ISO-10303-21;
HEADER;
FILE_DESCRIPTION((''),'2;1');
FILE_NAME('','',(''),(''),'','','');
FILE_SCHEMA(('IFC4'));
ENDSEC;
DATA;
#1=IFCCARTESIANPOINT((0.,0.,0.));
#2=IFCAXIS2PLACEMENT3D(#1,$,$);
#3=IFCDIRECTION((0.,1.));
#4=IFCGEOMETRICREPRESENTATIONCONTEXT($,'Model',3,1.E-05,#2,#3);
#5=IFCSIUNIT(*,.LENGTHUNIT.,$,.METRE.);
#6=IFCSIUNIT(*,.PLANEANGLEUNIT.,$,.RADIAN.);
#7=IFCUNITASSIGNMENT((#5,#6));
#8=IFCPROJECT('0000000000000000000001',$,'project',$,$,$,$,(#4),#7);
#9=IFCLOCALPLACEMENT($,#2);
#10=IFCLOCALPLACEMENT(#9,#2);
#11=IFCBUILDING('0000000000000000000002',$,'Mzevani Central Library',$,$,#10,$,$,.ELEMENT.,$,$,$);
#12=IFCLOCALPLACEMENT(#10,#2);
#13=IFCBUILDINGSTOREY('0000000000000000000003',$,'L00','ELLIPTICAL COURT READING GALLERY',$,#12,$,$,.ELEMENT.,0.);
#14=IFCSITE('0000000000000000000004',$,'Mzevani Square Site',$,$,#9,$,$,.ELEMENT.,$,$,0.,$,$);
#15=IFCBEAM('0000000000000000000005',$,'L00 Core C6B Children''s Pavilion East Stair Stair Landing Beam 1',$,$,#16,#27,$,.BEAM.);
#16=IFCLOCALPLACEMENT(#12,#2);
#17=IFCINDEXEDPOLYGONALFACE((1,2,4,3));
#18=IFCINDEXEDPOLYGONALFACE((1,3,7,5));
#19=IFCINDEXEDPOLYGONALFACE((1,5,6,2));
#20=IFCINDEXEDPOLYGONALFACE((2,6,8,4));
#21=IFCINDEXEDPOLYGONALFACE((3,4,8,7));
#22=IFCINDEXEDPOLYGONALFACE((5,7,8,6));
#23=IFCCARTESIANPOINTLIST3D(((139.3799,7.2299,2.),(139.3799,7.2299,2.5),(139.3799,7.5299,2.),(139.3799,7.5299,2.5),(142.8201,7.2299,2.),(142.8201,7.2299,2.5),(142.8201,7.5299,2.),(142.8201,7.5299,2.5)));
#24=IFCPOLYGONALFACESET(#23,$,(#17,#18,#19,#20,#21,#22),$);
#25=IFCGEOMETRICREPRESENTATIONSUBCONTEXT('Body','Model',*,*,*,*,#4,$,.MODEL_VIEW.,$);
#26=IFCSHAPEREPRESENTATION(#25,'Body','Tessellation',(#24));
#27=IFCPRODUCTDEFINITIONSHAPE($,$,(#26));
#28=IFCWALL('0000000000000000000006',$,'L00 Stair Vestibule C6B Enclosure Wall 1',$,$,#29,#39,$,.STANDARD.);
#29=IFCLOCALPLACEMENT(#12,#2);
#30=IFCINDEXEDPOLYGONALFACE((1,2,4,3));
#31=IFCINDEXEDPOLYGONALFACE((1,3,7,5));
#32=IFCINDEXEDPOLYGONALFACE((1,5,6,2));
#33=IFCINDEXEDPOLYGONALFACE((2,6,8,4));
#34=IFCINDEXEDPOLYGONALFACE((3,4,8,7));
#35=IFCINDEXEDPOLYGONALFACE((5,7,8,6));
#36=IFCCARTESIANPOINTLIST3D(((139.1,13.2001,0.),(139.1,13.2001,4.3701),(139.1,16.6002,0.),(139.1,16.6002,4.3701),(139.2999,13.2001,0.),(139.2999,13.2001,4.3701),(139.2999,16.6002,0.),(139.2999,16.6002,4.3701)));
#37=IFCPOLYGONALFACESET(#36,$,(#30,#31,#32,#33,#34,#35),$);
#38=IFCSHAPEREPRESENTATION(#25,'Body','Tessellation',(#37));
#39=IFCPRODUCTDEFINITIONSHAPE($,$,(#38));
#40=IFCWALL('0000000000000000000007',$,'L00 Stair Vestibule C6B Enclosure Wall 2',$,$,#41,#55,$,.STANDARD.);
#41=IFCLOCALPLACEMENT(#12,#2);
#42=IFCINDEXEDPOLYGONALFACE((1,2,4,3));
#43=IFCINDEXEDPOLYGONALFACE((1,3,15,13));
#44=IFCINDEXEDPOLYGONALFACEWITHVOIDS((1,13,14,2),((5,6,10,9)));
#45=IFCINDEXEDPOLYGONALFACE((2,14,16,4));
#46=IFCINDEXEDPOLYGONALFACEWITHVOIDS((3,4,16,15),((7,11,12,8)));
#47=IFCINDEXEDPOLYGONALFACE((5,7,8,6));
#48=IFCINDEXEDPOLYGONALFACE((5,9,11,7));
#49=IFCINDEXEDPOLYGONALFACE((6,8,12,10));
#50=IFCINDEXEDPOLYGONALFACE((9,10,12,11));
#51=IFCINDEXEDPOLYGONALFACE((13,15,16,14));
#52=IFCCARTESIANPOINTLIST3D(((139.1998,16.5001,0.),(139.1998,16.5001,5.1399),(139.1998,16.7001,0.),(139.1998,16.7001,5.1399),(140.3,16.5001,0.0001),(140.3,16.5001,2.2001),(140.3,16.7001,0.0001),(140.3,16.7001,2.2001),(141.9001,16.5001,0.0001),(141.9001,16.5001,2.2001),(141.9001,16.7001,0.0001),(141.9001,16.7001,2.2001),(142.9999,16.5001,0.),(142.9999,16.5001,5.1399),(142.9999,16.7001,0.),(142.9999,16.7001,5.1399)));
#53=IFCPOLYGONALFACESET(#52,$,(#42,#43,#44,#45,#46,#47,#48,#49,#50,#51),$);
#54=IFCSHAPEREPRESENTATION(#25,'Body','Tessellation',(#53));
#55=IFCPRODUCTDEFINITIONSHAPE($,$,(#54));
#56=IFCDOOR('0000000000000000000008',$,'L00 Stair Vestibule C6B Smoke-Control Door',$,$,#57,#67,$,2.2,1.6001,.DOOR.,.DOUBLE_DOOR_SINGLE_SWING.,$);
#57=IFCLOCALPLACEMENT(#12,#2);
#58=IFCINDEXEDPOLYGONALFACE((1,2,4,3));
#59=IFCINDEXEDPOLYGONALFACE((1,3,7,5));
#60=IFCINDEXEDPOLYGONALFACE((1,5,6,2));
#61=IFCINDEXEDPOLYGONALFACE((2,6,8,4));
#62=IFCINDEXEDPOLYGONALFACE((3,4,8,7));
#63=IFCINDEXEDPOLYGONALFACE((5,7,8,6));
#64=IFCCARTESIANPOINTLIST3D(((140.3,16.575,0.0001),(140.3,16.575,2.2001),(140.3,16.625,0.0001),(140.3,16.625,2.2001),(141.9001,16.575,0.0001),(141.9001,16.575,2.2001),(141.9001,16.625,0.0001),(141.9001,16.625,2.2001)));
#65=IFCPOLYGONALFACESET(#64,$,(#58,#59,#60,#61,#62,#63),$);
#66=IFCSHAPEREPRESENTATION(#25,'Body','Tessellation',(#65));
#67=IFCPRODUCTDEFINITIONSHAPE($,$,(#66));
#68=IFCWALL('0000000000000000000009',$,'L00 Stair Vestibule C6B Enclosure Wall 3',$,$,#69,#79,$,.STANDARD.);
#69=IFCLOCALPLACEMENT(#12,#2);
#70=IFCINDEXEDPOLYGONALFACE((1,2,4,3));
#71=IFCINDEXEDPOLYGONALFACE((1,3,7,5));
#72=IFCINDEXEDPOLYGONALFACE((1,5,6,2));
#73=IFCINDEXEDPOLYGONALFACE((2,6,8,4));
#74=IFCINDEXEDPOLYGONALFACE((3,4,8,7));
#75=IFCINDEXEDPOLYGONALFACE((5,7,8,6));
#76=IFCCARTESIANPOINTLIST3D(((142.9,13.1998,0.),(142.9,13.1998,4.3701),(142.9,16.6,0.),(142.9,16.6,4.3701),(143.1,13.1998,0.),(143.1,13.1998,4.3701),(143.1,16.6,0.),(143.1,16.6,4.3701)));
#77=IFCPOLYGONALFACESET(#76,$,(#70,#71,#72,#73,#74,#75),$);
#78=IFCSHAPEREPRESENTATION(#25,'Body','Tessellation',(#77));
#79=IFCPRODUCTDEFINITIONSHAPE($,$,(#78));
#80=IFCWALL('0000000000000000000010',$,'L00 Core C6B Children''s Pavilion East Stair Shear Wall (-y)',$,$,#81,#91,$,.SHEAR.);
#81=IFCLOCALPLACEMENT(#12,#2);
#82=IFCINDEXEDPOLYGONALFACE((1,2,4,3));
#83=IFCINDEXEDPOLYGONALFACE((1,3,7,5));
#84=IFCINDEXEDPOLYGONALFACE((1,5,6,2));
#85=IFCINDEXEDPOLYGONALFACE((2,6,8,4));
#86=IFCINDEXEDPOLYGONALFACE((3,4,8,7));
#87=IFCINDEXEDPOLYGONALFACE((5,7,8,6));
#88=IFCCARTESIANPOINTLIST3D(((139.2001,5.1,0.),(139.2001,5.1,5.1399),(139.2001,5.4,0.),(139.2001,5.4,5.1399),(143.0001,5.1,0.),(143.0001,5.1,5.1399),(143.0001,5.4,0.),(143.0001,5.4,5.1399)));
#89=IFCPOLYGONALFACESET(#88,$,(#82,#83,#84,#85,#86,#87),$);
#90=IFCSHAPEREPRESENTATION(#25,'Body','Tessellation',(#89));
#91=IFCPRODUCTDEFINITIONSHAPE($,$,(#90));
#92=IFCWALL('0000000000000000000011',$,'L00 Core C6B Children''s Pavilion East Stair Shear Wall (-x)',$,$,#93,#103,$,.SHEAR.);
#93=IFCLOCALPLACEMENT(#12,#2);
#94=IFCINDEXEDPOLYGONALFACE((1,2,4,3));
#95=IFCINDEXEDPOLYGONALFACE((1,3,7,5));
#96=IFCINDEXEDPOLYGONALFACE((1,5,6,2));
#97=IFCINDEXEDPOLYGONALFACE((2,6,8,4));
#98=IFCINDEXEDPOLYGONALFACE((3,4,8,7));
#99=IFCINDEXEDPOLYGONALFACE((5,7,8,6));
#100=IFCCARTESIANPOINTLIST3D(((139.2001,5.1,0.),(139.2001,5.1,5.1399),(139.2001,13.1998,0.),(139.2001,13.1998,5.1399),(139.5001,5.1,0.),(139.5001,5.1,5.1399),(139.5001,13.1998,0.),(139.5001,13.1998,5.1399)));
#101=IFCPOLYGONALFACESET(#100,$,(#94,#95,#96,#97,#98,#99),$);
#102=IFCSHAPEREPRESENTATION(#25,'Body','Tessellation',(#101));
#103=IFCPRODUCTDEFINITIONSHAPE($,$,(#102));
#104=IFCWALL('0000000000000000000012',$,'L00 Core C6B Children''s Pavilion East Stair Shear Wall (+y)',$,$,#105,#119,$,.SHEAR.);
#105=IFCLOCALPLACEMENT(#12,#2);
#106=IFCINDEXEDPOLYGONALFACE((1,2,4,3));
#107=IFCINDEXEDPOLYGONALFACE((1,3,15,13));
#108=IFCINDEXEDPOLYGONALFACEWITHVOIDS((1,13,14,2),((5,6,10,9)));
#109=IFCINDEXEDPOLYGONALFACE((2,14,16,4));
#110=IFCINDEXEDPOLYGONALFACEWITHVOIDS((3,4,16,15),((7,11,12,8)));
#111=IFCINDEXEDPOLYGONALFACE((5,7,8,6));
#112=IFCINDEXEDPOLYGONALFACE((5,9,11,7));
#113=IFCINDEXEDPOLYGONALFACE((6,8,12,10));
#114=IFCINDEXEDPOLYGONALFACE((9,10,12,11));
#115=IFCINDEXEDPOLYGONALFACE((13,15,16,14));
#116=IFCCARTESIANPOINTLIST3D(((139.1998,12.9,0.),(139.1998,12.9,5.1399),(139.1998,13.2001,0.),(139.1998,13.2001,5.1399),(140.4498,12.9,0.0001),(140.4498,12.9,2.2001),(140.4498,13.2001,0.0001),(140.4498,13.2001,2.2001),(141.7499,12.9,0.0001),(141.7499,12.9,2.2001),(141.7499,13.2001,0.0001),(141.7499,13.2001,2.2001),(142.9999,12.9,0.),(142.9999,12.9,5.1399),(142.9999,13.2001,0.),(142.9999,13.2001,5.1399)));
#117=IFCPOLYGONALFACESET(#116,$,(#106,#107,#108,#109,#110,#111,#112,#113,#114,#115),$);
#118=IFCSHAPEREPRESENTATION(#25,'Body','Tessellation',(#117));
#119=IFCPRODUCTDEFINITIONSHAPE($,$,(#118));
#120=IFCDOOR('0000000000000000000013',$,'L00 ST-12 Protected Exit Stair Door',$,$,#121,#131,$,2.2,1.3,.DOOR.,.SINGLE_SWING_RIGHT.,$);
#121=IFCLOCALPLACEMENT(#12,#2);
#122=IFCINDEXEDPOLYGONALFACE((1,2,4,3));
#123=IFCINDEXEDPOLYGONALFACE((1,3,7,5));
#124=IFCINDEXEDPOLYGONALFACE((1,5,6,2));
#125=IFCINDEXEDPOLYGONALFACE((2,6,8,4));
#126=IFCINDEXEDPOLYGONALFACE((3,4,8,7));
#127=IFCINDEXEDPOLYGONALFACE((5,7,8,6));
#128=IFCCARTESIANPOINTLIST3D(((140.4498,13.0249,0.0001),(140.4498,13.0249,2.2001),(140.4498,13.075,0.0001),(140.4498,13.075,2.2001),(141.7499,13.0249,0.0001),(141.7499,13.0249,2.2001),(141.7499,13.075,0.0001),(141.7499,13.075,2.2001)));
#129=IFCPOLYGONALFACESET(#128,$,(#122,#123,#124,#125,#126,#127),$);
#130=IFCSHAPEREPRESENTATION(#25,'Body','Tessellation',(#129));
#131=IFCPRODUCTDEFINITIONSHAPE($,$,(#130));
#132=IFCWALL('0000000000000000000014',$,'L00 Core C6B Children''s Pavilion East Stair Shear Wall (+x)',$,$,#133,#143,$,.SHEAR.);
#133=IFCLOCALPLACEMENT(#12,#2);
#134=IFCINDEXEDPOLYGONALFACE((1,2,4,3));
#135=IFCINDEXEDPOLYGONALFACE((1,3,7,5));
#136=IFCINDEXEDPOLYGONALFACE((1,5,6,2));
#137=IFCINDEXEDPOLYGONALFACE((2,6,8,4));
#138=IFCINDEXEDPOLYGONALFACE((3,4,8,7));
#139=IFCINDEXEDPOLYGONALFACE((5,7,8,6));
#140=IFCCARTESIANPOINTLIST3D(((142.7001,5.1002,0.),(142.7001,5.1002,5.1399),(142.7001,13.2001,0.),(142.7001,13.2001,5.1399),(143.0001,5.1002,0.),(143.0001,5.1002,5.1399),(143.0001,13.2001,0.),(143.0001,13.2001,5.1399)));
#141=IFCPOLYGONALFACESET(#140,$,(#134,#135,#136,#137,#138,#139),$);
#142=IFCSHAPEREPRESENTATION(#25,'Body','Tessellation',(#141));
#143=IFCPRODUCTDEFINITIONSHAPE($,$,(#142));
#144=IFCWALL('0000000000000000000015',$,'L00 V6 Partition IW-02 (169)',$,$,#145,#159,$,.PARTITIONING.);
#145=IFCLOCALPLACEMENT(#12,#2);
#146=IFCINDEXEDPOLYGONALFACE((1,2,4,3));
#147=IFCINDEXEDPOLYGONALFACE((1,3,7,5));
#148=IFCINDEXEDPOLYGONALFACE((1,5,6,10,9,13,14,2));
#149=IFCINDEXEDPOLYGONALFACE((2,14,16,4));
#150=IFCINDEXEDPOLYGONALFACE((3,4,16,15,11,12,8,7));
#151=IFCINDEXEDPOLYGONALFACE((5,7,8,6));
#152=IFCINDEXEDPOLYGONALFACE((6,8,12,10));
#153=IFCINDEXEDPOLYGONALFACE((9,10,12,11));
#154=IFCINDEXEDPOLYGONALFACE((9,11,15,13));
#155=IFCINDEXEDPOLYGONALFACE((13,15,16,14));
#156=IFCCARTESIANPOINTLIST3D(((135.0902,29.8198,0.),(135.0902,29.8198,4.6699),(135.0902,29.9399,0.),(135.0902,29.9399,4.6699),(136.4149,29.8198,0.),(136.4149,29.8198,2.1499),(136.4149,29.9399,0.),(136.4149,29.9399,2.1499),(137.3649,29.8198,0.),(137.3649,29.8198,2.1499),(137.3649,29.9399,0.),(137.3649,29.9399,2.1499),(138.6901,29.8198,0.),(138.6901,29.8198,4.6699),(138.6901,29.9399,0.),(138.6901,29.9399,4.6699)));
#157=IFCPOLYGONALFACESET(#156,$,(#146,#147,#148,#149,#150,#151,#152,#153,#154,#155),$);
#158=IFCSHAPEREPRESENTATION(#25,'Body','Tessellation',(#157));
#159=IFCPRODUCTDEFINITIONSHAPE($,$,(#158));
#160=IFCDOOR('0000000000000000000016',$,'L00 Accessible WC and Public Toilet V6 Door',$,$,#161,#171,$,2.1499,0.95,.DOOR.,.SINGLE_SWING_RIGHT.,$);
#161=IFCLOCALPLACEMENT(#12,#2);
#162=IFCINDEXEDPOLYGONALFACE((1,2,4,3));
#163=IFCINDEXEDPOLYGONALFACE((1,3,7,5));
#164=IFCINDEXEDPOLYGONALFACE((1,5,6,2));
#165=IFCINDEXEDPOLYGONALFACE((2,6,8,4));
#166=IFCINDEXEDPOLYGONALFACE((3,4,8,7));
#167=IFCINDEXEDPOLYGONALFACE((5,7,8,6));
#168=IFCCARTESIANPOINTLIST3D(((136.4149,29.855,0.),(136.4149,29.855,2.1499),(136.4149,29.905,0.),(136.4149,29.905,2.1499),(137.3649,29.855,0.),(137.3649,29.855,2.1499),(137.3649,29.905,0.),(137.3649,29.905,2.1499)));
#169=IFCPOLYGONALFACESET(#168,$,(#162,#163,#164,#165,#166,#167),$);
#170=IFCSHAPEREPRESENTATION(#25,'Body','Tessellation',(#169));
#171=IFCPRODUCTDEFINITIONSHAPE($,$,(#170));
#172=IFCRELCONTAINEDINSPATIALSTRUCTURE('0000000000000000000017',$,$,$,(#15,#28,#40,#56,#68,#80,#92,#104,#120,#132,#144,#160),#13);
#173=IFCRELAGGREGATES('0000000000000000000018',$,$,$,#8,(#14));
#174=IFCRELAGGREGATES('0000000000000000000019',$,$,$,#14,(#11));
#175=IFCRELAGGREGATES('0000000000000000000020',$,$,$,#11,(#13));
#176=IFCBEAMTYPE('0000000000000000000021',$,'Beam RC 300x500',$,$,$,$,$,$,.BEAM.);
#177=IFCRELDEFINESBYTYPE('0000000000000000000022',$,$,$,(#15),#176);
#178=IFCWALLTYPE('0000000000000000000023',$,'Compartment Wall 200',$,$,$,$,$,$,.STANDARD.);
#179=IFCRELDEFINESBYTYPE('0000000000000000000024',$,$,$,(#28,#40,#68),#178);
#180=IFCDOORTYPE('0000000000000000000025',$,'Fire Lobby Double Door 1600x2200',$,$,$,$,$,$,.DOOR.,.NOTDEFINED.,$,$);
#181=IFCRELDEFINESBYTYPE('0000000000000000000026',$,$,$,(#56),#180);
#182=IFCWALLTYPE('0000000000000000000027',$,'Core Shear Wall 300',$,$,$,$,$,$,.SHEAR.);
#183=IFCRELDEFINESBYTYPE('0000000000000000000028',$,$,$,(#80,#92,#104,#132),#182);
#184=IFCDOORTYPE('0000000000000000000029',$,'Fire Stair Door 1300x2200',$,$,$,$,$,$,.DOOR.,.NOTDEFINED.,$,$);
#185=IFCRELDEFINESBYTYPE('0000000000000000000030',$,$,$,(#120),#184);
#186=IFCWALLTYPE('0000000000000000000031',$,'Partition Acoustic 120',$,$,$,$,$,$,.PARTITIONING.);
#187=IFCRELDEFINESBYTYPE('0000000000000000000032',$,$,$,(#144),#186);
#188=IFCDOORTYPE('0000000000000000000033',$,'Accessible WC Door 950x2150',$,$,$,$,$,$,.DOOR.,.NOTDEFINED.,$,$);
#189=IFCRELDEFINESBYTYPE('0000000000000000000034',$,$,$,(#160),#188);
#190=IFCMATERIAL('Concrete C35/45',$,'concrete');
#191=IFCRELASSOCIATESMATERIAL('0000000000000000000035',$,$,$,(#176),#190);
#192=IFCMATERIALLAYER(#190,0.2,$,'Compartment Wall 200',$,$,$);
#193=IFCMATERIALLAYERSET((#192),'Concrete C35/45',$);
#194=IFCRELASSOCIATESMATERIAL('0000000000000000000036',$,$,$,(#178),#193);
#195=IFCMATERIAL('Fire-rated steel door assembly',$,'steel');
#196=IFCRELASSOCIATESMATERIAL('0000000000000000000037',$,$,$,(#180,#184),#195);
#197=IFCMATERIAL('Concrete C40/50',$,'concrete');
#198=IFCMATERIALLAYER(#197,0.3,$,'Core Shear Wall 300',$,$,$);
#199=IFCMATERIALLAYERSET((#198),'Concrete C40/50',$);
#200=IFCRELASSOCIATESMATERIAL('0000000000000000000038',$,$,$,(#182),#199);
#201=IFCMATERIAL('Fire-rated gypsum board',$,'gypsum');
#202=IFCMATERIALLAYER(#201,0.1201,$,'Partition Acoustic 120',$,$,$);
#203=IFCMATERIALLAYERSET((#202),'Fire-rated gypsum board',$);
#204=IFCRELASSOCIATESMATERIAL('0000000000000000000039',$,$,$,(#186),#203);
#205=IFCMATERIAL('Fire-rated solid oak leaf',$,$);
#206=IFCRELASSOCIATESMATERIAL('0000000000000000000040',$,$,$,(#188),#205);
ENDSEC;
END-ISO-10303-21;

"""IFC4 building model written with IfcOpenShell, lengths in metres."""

from ifc_helpers import new_model, si_unit, direction, frame, frame_2d, origin, origin_2d, place, context, subcontext, project, spatial, rectangle, extrude, material, layer, layer_set, material_profile, profile_set, type_object, element, fill, save


model = new_model("IFC4")

# Units and contexts
model_context = context("Model", 3, precision=1e-05, world=origin(), true_north=direction((0.0, 1.0)))
body_context = subcontext(model_context, "Body", "Model", "MODEL_VIEW")
ifc_project = project(units=[si_unit("LENGTHUNIT", "METRE"), si_unit("PLANEANGLEUNIT", "RADIAN")], contexts=[model_context])

# Site, building, storey
site_placement = place(None, origin())
site = spatial("IfcSite", under=ifc_project, at=site_placement, Name="Mzevani Square Site", CompositionType="ELEMENT", RefElevation=0.0)
building_placement = place(site_placement, origin())
building = spatial("IfcBuilding", under=site, at=building_placement, Name="Mzevani Central Library", CompositionType="ELEMENT")
storey_placement = place(building_placement, origin())
storey = spatial("IfcBuildingStorey", under=building, at=storey_placement, Name="L00", Description="ELLIPTICAL COURT READING GALLERY", CompositionType="ELEMENT", Elevation=0.0)

# Beam
ifc_material_1 = material(Name="Concrete C35/45", Category="concrete")
ifc_material_profile = material_profile(ifc_material_1, rectangle(XDim=0.3, YDim=0.5, at=origin_2d()), Name="RC B300x500")
ifc_profile_set = profile_set([ifc_material_profile], Name="Concrete C35/45")
beam_type = type_object("IfcBeamType", Name="Beam RC 300x500", PredefinedType="BEAM", material=ifc_profile_set)
beam_placement = place(storey_placement, frame((139.3799, 7.3799, 2.25), z_axis=(1.0, 0.0, 0.0), x_axis=(0.0, 1.0, 0.0)))
element("IfcBeam", 1, at=beam_placement, inside=storey, type_object=beam_type, Name="L00 Core C6B Children's Pavilion East Stair Stair Landing Beam 1", PredefinedType="BEAM", context=body_context, shape_type="SweptSolid", body=[
    extrude(rectangle(XDim=0.3, YDim=0.5, at=origin_2d()), origin(), (0.0, 0.0, 1.0), 3.4402),
])

# Wall
ifc_layer_1 = layer(ifc_material_1, 0.2, Name="Compartment Wall 200")
ifc_layer_set_1 = layer_set([ifc_layer_1], Name="Concrete C35/45")
wall_type_1 = type_object("IfcWallType", Name="Compartment Wall 200", PredefinedType="STANDARD", material=ifc_layer_set_1)
wall_1_placement = place(storey_placement, frame((139.2, 13.2, 0.0), z_axis=(0.0, 0.0, 1.0), x_axis=(0.0, 1.0, 0.0)))
element("IfcWall", 2, at=wall_1_placement, inside=storey, type_object=wall_type_1, Name="L00 Stair Vestibule C6B Enclosure Wall 1", PredefinedType="STANDARD", context=body_context, shape_type="SweptSolid", body=[
    extrude(rectangle(XDim=3.4001, YDim=0.2, at=frame_2d((1.7002, 0.0))), origin(), (0.0, 0.0, 1.0), 4.3701),
])

# Wall, opening, door
wall_2_placement = place(storey_placement, frame((139.2, 16.6001, 0.0), z_axis=(0.0, 0.0, 1.0), x_axis=(1.0, 0.0, 0.0)))
wall_2 = element("IfcWall", 3, at=wall_2_placement, inside=storey, type_object=wall_type_1, Name="L00 Stair Vestibule C6B Enclosure Wall 2", PredefinedType="STANDARD", context=body_context, shape_type="SweptSolid", body=[
    extrude(rectangle(XDim=3.8, YDim=0.2, at=frame_2d((1.8999, 0.0))), origin(), (0.0, 0.0, 1.0), 5.1399),
])
opening_1_placement = place(wall_2_placement, frame((1.1001, 0.0, 0.0)))
opening_1 = element("IfcOpeningElement", 4, at=opening_1_placement, cuts=wall_2, PredefinedType="OPENING", context=body_context, shape_type="SweptSolid", body=[
    extrude(rectangle(XDim=1.6001, YDim=2.2, at=frame_2d((0.8, 1.1001))), frame((0.0, 0.1099, 0.0), z_axis=(0.0, -1.0, 0.0), x_axis=(1.0, 0.0, 0.0)), (0.0, 0.0, 1.0), 0.22),
])
ifc_material_2 = material(Name="Fire-rated steel door assembly", Category="steel")
door_type_1 = type_object("IfcDoorType", Name="Fire Lobby Double Door 1600x2200", OperationType="NOTDEFINED", PredefinedType="DOOR", material=ifc_material_2)
door_1_placement = place(opening_1_placement, origin())
door_1 = element("IfcDoor", 5, at=door_1_placement, inside=storey, type_object=door_type_1, Name="L00 Stair Vestibule C6B Smoke-Control Door", OperationType="DOUBLE_DOOR_SINGLE_SWING", OverallHeight=2.2, OverallWidth=1.6001, PredefinedType="DOOR", context=body_context, shape_type="SweptSolid", body=[
    extrude(rectangle(XDim=1.6001, YDim=2.2, at=frame_2d((0.8, 1.1001))), frame((0.0, 0.0249, 0.0), z_axis=(0.0, -1.0, 0.0), x_axis=(1.0, 0.0, 0.0)), (0.0, 0.0, 1.0), 0.05),
])
fill(opening_1, door_1)

# Walls
wall_3_placement = place(storey_placement, frame((143.0, 16.6001, 0.0), z_axis=(0.0, 0.0, 1.0), x_axis=(0.0, -1.0, 0.0)))
element("IfcWall", 6, at=wall_3_placement, inside=storey, type_object=wall_type_1, Name="L00 Stair Vestibule C6B Enclosure Wall 3", PredefinedType="STANDARD", context=body_context, shape_type="SweptSolid", body=[
    extrude(rectangle(XDim=3.4001, YDim=0.2, at=frame_2d((1.7002, 0.0))), origin(), (0.0, 0.0, 1.0), 4.3701),
])
ifc_material_3 = material(Name="Concrete C40/50", Category="concrete")
ifc_layer_2 = layer(ifc_material_3, 0.3, Name="Core Shear Wall 300")
ifc_layer_set_2 = layer_set([ifc_layer_2], Name="Concrete C40/50")
wall_type_2 = type_object("IfcWallType", Name="Core Shear Wall 300", PredefinedType="SHEAR", material=ifc_layer_set_2)
wall_4_placement = place(storey_placement, frame((143.0, 5.25, 0.0), z_axis=(0.0, 0.0, 1.0), x_axis=(-1.0, 0.0, 0.0)))
element("IfcWall", 7, at=wall_4_placement, inside=storey, type_object=wall_type_2, Name="L00 Core C6B Children's Pavilion East Stair Shear Wall (-y)", PredefinedType="SHEAR", context=body_context, shape_type="SweptSolid", body=[
    extrude(rectangle(XDim=3.8, YDim=0.3, at=frame_2d((1.8999, 0.0))), origin(), (0.0, 0.0, 1.0), 5.1399),
])
wall_5_placement = place(storey_placement, frame((139.3501, 5.1001, 0.0), z_axis=(0.0, 0.0, 1.0), x_axis=(0.0, 1.0, 0.0)))
element("IfcWall", 8, at=wall_5_placement, inside=storey, type_object=wall_type_2, Name="L00 Core C6B Children's Pavilion East Stair Shear Wall (-x)", PredefinedType="SHEAR", context=body_context, shape_type="SweptSolid", body=[
    extrude(rectangle(XDim=8.0999, YDim=0.3, at=frame_2d((4.0498, 0.0))), origin(), (0.0, 0.0, 1.0), 5.1399),
])

# Wall, opening, door
wall_6_placement = place(storey_placement, frame((139.2, 13.05, 0.0), z_axis=(0.0, 0.0, 1.0), x_axis=(1.0, 0.0, 0.0)))
wall_6 = element("IfcWall", 9, at=wall_6_placement, inside=storey, type_object=wall_type_2, Name="L00 Core C6B Children's Pavilion East Stair Shear Wall (+y)", PredefinedType="SHEAR", context=body_context, shape_type="SweptSolid", body=[
    extrude(rectangle(XDim=3.8, YDim=0.3, at=frame_2d((1.8999, 0.0))), origin(), (0.0, 0.0, 1.0), 5.1399),
])
opening_2_placement = place(wall_6_placement, frame((1.25, 0.0, 0.0)))
opening_2 = element("IfcOpeningElement", 10, at=opening_2_placement, cuts=wall_6, PredefinedType="OPENING", context=body_context, shape_type="SweptSolid", body=[
    extrude(rectangle(XDim=1.3, YDim=2.2, at=frame_2d((0.6499, 1.1001))), frame((0.0, 0.1602, 0.0), z_axis=(0.0, -1.0, 0.0), x_axis=(1.0, 0.0, 0.0)), (0.0, 0.0, 1.0), 0.3201),
])
door_type_2 = type_object("IfcDoorType", Name="Fire Stair Door 1300x2200", OperationType="NOTDEFINED", PredefinedType="DOOR", material=ifc_material_2)
door_2_placement = place(opening_2_placement, origin())
door_2 = element("IfcDoor", 11, at=door_2_placement, inside=storey, type_object=door_type_2, Name="L00 ST-12 Protected Exit Stair Door", OperationType="SINGLE_SWING_RIGHT", OverallHeight=2.2, OverallWidth=1.3, PredefinedType="DOOR", context=body_context, shape_type="SweptSolid", body=[
    extrude(rectangle(XDim=1.3, YDim=2.2, at=frame_2d((0.6499, 1.1001))), frame((0.0, 0.0249, 0.0), z_axis=(0.0, -1.0, 0.0), x_axis=(1.0, 0.0, 0.0)), (0.0, 0.0, 1.0), 0.05),
])
fill(opening_2, door_2)

# Wall
wall_7_placement = place(storey_placement, frame((142.8501, 13.2, 0.0), z_axis=(0.0, 0.0, 1.0), x_axis=(0.0, -1.0, 0.0)))
element("IfcWall", 12, at=wall_7_placement, inside=storey, type_object=wall_type_2, Name="L00 Core C6B Children's Pavilion East Stair Shear Wall (+x)", PredefinedType="SHEAR", context=body_context, shape_type="SweptSolid", body=[
    extrude(rectangle(XDim=8.0999, YDim=0.3, at=frame_2d((4.0498, 0.0))), origin(), (0.0, 0.0, 1.0), 5.1399),
])

# Wall, opening, door
ifc_material_4 = material(Name="Fire-rated gypsum board", Category="gypsum")
ifc_layer_3 = layer(ifc_material_4, 0.1201, Name="Partition Acoustic 120")
ifc_layer_set_3 = layer_set([ifc_layer_3], Name="Fire-rated gypsum board")
wall_type_3 = type_object("IfcWallType", Name="Partition Acoustic 120", PredefinedType="PARTITIONING", material=ifc_layer_set_3)
wall_8_placement = place(storey_placement, frame((138.6899, 29.8799, 0.0), z_axis=(0.0, 0.0, 1.0), x_axis=(-1.0, 0.0, 0.0)))
wall_8 = element("IfcWall", 13, at=wall_8_placement, inside=storey, type_object=wall_type_3, Name="L00 V6 Partition IW-02 (169)", PredefinedType="PARTITIONING", context=body_context, shape_type="SweptSolid", body=[
    extrude(rectangle(XDim=3.5999, YDim=0.1201, at=frame_2d((1.7998, 0.0))), origin(), (0.0, 0.0, 1.0), 4.6699),
])
opening_3_placement = place(wall_8_placement, frame((1.325, 0.0, 0.0)))
opening_3 = element("IfcOpeningElement", 14, at=opening_3_placement, cuts=wall_8, PredefinedType="OPENING", context=body_context, shape_type="SweptSolid", body=[
    extrude(rectangle(XDim=0.95, YDim=2.1499, at=frame_2d((0.4751, 1.075))), frame((0.0, 0.0701, 0.0), z_axis=(0.0, -1.0, 0.0), x_axis=(1.0, 0.0, 0.0)), (0.0, 0.0, 1.0), 0.1401),
])
ifc_material_5 = material(Name="Fire-rated solid oak leaf")
door_type_3 = type_object("IfcDoorType", Name="Accessible WC Door 950x2150", OperationType="NOTDEFINED", PredefinedType="DOOR", material=ifc_material_5)
door_3_placement = place(opening_3_placement, origin())
door_3 = element("IfcDoor", 15, at=door_3_placement, inside=storey, type_object=door_type_3, Name="L00 Accessible WC and Public Toilet V6 Door", OperationType="SINGLE_SWING_RIGHT", OverallHeight=2.1499, OverallWidth=0.95, PredefinedType="DOOR", context=body_context, shape_type="SweptSolid", body=[
    extrude(rectangle(XDim=0.95, YDim=2.1499, at=frame_2d((0.4751, 1.075))), frame((0.0, 0.0249, 0.0), z_axis=(0.0, -1.0, 0.0), x_axis=(1.0, 0.0, 0.0)), (0.0, 0.0, 1.0), 0.05),
])
fill(opening_3, door_3)

save(model, "model.ifc")
